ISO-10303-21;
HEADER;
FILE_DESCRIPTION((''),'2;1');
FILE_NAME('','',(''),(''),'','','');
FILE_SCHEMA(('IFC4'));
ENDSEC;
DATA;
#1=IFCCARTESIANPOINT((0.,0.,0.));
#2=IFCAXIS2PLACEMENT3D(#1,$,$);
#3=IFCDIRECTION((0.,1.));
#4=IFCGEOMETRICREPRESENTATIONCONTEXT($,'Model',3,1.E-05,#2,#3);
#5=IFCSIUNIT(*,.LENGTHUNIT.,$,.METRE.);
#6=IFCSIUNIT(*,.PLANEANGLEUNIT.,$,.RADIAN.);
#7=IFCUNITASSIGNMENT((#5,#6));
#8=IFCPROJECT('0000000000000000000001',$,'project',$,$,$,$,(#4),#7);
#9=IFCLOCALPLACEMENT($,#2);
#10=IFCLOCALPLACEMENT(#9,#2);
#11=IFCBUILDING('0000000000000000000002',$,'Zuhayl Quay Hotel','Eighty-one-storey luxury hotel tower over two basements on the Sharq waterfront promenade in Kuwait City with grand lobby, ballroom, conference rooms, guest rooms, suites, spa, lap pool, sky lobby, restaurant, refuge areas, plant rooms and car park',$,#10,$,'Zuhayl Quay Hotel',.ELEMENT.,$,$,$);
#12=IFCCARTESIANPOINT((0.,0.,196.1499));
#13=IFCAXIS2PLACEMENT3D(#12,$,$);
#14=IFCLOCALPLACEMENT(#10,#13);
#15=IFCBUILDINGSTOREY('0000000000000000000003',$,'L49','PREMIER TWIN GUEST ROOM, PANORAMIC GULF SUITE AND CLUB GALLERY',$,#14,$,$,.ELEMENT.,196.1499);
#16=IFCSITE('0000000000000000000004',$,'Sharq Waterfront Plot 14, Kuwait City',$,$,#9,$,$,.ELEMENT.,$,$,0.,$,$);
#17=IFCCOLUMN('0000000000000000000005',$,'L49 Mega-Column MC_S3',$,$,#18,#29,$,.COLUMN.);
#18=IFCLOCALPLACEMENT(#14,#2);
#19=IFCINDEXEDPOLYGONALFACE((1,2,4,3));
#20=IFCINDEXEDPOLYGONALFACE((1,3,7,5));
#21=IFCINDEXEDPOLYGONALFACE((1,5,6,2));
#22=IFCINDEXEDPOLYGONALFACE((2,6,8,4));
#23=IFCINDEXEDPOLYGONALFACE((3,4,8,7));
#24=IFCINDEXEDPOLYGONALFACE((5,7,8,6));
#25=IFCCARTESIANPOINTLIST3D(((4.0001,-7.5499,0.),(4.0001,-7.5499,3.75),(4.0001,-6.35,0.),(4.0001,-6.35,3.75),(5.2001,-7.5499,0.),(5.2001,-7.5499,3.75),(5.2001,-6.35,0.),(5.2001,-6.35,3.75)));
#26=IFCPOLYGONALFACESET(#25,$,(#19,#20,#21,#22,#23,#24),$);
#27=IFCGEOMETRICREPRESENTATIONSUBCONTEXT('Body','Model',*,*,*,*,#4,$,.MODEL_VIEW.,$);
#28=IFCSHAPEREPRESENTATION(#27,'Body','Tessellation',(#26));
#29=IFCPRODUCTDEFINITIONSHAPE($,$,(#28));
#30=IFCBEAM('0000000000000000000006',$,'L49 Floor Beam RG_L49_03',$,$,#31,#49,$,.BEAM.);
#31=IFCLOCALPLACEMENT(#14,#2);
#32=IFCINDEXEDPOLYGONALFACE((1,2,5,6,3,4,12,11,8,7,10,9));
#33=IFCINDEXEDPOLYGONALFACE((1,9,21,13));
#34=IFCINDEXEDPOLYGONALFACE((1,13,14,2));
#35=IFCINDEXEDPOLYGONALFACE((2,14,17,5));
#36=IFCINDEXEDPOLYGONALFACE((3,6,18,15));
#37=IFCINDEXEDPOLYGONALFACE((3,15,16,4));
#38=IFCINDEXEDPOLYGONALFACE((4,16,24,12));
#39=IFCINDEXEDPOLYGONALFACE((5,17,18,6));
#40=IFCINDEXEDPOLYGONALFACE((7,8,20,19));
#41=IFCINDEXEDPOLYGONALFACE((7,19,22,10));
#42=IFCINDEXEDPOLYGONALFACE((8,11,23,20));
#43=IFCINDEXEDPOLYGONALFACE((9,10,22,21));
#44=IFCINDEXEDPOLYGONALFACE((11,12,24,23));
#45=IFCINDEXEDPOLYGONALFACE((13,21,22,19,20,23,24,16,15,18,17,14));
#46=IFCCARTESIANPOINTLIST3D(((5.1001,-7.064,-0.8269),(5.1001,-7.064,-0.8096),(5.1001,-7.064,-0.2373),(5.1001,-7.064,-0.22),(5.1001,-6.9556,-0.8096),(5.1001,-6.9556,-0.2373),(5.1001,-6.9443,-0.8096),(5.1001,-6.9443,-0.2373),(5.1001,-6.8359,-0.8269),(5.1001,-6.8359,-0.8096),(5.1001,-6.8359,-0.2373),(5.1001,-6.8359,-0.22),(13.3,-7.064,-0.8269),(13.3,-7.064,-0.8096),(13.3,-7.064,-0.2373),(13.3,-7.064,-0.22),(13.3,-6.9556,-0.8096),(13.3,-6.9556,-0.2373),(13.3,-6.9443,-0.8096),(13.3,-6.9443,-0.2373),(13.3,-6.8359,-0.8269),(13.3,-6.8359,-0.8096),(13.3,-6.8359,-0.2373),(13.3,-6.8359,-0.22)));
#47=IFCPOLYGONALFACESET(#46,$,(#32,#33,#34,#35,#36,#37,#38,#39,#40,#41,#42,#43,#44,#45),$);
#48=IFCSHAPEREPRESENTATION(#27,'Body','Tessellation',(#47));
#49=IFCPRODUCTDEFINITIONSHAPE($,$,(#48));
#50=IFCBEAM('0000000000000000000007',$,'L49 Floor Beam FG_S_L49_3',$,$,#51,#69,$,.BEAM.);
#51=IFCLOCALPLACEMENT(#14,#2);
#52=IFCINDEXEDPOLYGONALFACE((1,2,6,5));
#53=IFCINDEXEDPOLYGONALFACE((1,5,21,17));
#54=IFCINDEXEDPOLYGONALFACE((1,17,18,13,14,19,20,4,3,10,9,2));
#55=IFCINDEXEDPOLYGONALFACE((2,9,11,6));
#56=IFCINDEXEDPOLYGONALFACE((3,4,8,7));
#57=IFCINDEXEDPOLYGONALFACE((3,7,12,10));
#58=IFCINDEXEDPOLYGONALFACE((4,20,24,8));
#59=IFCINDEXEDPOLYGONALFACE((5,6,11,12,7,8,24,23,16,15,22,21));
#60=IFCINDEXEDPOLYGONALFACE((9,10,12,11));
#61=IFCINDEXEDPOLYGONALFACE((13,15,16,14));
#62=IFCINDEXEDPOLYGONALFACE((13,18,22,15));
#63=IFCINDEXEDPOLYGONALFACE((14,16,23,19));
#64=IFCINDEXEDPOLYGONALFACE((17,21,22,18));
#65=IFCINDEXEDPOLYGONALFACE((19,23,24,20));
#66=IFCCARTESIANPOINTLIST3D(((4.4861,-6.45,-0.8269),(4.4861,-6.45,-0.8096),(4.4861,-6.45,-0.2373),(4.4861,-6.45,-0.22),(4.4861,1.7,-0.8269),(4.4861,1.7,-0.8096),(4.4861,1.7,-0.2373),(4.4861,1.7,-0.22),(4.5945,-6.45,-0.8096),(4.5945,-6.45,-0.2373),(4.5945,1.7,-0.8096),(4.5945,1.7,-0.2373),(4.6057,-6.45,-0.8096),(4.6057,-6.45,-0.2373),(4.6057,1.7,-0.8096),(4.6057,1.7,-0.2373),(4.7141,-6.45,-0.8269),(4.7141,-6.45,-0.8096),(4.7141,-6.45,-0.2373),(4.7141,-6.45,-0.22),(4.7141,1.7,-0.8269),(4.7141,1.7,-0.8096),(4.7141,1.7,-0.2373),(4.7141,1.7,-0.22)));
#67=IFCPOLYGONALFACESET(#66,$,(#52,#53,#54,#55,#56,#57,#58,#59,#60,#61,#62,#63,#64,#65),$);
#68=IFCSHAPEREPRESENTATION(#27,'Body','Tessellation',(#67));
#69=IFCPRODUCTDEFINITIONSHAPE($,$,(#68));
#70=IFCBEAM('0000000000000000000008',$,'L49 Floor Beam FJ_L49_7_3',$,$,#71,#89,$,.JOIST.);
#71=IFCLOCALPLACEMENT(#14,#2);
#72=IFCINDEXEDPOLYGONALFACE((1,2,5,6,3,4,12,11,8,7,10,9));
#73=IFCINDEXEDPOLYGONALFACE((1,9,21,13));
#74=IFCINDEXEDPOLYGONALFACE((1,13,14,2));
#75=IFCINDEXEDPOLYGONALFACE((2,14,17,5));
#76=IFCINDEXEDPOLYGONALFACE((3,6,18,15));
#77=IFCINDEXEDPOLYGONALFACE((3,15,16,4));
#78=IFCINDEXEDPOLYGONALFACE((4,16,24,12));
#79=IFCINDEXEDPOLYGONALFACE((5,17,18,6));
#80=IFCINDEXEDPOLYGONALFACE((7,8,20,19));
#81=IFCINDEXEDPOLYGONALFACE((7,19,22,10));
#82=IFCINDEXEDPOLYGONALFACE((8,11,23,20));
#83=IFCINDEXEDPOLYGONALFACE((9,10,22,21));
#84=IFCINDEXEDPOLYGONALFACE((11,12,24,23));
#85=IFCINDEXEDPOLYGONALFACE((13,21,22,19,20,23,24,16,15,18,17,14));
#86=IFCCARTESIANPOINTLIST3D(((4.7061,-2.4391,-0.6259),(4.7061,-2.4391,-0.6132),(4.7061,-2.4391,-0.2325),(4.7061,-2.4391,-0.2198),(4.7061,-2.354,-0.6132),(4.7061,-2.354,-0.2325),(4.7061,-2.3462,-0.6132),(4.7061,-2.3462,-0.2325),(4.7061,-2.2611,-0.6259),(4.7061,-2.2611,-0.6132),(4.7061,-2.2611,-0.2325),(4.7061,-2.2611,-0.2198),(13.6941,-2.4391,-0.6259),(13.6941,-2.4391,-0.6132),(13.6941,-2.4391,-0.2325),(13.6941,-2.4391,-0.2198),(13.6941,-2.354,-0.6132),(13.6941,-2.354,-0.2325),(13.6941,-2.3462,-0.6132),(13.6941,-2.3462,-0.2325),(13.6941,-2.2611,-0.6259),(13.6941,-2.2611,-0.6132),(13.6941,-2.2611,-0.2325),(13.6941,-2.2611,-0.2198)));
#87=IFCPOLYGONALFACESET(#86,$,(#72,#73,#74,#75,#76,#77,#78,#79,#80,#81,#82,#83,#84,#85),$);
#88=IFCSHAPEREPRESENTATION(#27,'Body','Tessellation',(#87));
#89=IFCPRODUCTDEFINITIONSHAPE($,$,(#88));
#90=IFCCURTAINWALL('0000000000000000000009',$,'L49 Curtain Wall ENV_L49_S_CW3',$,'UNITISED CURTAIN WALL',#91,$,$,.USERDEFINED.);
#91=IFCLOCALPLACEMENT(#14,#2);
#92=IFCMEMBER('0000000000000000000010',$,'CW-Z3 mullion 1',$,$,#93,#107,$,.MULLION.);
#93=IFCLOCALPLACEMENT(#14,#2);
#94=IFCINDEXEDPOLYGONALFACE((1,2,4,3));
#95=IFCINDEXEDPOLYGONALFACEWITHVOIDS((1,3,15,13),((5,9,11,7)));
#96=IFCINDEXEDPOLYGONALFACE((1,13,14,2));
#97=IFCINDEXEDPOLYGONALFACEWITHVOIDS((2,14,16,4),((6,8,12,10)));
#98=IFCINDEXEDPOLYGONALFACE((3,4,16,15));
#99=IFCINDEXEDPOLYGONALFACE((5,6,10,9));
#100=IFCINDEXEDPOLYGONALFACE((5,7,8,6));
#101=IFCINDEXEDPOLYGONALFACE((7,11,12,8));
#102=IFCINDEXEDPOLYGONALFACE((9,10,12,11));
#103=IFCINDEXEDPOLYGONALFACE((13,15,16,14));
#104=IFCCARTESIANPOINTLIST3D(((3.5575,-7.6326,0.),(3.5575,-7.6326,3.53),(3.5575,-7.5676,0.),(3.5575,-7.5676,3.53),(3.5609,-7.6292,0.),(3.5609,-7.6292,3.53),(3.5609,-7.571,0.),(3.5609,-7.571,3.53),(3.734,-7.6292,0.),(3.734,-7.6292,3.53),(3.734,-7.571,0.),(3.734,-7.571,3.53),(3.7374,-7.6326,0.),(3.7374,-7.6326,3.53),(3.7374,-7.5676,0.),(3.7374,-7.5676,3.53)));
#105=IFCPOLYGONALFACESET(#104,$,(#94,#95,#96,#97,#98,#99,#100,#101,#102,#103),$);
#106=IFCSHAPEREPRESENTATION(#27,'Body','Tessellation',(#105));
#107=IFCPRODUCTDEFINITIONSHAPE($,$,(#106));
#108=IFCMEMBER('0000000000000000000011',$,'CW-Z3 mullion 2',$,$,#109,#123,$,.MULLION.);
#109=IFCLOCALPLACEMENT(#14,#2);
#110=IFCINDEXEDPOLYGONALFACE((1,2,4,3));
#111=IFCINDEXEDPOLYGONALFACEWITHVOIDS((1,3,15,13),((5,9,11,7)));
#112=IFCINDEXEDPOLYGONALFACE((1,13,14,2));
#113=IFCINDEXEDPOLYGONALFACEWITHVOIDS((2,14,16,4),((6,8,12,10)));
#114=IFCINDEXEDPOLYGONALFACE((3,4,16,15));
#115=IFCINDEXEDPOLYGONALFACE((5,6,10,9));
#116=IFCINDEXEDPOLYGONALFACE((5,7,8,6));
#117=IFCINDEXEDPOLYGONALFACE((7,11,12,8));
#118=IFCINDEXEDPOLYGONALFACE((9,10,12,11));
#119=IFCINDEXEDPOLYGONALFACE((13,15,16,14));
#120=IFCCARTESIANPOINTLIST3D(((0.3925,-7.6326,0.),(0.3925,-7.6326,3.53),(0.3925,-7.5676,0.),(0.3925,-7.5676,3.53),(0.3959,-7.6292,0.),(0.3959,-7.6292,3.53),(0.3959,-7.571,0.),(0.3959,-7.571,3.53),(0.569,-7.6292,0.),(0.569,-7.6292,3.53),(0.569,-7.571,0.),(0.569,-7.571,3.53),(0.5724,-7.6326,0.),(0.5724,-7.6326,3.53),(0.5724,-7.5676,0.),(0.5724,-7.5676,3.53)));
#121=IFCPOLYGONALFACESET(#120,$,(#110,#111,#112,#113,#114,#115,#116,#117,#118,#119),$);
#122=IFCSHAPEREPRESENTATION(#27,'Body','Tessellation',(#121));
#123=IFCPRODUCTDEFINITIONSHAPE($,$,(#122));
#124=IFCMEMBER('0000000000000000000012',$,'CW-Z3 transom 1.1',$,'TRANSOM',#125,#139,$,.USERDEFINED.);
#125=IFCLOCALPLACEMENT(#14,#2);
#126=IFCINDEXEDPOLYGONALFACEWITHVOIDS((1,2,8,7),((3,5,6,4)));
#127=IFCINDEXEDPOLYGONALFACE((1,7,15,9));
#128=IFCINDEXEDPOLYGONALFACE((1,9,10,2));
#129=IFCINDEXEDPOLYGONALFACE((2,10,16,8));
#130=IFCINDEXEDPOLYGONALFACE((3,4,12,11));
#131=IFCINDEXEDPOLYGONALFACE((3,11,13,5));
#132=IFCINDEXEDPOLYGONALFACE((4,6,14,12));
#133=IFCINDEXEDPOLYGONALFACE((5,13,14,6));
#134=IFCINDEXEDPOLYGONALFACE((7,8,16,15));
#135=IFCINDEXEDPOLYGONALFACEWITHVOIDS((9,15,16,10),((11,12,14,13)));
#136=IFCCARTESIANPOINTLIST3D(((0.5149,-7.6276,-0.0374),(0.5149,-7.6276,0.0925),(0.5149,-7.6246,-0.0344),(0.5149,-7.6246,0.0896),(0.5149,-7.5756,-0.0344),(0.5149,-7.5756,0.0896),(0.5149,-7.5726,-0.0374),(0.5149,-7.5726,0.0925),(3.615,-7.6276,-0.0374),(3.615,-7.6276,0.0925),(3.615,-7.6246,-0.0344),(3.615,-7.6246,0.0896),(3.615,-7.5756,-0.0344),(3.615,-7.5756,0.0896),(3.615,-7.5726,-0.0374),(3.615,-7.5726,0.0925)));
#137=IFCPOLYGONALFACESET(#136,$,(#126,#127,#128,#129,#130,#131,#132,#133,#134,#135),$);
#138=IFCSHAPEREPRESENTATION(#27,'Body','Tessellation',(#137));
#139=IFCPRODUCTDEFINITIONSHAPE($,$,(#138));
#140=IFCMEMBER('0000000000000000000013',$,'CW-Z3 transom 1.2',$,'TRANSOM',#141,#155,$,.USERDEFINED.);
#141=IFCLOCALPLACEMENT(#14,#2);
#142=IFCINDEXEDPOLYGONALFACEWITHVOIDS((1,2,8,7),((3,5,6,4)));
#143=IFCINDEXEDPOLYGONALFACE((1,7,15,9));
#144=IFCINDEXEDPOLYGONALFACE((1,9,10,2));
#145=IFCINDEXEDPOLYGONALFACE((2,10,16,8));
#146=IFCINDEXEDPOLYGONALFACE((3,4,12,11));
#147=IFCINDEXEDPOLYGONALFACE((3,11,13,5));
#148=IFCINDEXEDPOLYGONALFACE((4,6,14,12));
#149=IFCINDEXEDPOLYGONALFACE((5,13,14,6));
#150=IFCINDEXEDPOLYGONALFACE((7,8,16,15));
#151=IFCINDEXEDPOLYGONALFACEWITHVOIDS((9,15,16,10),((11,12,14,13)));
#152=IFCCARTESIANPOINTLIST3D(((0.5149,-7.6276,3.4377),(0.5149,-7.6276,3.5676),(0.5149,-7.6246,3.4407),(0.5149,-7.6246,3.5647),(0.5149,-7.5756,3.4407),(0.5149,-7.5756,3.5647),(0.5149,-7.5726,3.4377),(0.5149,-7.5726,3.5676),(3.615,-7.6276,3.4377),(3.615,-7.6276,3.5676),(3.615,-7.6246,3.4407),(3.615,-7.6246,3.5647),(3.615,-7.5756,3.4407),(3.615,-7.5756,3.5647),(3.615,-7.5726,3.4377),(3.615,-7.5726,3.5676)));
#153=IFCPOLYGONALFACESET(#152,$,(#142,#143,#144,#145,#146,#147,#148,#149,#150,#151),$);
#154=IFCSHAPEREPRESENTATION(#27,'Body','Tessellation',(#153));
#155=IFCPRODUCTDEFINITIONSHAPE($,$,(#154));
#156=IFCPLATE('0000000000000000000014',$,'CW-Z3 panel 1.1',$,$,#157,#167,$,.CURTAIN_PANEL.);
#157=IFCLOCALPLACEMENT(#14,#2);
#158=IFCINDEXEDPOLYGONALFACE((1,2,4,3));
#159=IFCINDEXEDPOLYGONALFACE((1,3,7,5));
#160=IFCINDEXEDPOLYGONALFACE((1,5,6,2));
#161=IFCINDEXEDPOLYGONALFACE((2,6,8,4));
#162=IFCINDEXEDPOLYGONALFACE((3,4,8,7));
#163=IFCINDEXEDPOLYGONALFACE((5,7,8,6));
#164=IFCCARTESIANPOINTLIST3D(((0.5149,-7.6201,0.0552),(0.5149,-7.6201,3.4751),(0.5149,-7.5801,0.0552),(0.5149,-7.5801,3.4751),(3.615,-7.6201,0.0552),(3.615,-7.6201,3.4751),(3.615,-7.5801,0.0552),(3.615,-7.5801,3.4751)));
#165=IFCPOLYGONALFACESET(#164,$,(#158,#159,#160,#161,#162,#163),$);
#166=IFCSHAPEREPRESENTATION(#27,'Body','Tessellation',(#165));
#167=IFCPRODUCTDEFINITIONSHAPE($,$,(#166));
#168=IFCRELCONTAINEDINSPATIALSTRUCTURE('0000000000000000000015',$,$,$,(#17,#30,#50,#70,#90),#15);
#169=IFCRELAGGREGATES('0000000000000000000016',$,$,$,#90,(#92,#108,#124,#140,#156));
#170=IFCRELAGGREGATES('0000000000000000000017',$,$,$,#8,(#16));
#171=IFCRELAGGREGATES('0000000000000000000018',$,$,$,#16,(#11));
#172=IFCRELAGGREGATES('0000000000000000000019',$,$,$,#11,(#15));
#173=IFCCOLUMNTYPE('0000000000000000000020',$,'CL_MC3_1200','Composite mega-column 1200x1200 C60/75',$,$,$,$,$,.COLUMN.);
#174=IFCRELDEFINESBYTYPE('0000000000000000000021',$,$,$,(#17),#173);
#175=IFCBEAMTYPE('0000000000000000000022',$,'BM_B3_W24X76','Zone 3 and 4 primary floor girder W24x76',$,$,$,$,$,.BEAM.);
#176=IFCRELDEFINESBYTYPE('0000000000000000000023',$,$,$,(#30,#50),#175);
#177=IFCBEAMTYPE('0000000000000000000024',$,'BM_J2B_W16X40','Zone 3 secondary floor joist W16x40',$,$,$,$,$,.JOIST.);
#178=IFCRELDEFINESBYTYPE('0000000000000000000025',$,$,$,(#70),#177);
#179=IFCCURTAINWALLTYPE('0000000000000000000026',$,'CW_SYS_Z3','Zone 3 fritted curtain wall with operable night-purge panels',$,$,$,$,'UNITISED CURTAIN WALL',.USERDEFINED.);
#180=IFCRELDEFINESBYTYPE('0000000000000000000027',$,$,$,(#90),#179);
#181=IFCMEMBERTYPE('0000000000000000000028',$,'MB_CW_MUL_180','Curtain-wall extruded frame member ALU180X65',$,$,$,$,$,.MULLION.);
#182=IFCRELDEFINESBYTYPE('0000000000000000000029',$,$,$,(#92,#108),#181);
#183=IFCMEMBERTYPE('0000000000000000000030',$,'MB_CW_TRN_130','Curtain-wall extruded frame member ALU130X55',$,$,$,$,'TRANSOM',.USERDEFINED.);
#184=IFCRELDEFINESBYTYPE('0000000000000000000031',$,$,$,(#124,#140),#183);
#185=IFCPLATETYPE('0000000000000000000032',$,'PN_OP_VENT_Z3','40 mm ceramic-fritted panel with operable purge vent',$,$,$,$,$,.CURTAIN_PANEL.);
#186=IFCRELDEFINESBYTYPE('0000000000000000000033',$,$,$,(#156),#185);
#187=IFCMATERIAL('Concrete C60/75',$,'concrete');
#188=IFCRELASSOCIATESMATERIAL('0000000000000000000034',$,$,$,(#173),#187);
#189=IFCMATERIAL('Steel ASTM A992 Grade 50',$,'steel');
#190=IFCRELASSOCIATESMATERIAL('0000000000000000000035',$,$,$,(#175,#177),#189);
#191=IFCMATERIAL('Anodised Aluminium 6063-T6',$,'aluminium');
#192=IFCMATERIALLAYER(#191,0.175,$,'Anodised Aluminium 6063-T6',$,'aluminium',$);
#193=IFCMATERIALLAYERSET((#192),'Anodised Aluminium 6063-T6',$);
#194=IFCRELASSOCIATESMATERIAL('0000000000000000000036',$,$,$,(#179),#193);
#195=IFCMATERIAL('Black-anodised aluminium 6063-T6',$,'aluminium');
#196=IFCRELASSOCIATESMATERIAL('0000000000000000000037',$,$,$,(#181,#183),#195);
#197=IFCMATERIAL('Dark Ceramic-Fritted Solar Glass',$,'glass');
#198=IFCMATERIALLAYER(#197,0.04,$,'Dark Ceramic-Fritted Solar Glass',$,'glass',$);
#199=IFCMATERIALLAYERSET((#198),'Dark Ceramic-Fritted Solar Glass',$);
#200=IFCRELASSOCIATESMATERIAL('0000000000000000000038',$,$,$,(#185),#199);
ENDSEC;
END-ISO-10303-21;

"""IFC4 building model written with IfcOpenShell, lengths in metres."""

from ifc_helpers import new_model, si_unit, direction, frame, origin, origin_2d, place, context, subcontext, project, spatial, rectangle, hollow_rectangle, i_section, extrude, material, layer, layer_set, material_profile, profile_set, type_object, element, aggregate, save


model = new_model("IFC4")

# Units and contexts
model_context = context("Model", 3, precision=1e-05, world=origin(), true_north=direction((0.0, 1.0)))
body_context = subcontext(model_context, "Body", "Model", "MODEL_VIEW")
ifc_project = project(units=[si_unit("LENGTHUNIT", "METRE"), si_unit("PLANEANGLEUNIT", "RADIAN")], contexts=[model_context])

# Site, building, storey
site_placement = place(None, origin())
site = spatial("IfcSite", under=ifc_project, at=site_placement, Name="Sharq Waterfront Plot 14, Kuwait City", CompositionType="ELEMENT", RefElevation=0.0)
building_placement = place(site_placement, origin())
building = spatial("IfcBuilding", under=site, at=building_placement, Name="Zuhayl Quay Hotel", Description="Eighty-one-storey luxury hotel tower over two basements on the Sharq waterfront promenade in Kuwait City with grand lobby, ballroom, conference rooms, guest rooms, suites, spa, lap pool, sky lobby, restaurant, refuge areas, plant rooms and car park", LongName="Zuhayl Quay Hotel", CompositionType="ELEMENT")
storey_placement = place(building_placement, frame((0.0, 0.0, 196.1499)))
storey = spatial("IfcBuildingStorey", under=building, at=storey_placement, Name="L49", Description="PREMIER TWIN GUEST ROOM, PANORAMIC GULF SUITE AND CLUB GALLERY", CompositionType="ELEMENT", Elevation=196.1499)

# Column
ifc_material_1 = material(Name="Concrete C60/75", Category="concrete")
ifc_material_profile_1 = material_profile(ifc_material_1, rectangle(XDim=1.2, YDim=1.2, at=origin_2d()), Name="RC1200X1200")
ifc_profile_set_1 = profile_set([ifc_material_profile_1], Name="Concrete C60/75")
column_type = type_object("IfcColumnType", Name="CL_MC3_1200", Description="Composite mega-column 1200x1200 C60/75", PredefinedType="COLUMN", material=ifc_profile_set_1)
column_placement = place(storey_placement, frame((4.6001, -6.95, 0.0), z_axis=(0.0, 0.0, 1.0), x_axis=(1.0, 0.0, 0.0)))
element("IfcColumn", 1, at=column_placement, inside=storey, type_object=column_type, Name="L49 Mega-Column MC_S3", PredefinedType="COLUMN", context=body_context, shape_type="SweptSolid", body=[
    extrude(rectangle(XDim=1.2, YDim=1.2, at=origin_2d()), origin(), (0.0, 0.0, 1.0), 3.75),
])

# Beams
ifc_material_2 = material(Name="Steel ASTM A992 Grade 50", Category="steel")
ifc_material_profile_2 = material_profile(ifc_material_2, i_section(OverallWidth=0.228, OverallDepth=0.6069, WebThickness=0.0112, FlangeThickness=0.0173, at=origin_2d()), Name="W24X76")
ifc_profile_set_2 = profile_set([ifc_material_profile_2], Name="Steel ASTM A992 Grade 50")
beam_type_1 = type_object("IfcBeamType", Name="BM_B3_W24X76", Description="Zone 3 and 4 primary floor girder W24x76", PredefinedType="BEAM", material=ifc_profile_set_2)
beam_1_placement = place(storey_placement, frame((5.1001, -6.95, -0.5234), z_axis=(1.0, 0.0, 0.0), x_axis=(0.0, 1.0, 0.0)))
element("IfcBeam", 2, at=beam_1_placement, inside=storey, type_object=beam_type_1, Name="L49 Floor Beam RG_L49_03", PredefinedType="BEAM", context=body_context, shape_type="SweptSolid", body=[
    extrude(i_section(OverallWidth=0.228, OverallDepth=0.6069, WebThickness=0.0112, FlangeThickness=0.0173, at=origin_2d()), origin(), (0.0, 0.0, 1.0), 8.2),
])
beam_2_placement = place(storey_placement, frame((4.6001, -6.45, -0.5234), z_axis=(0.0, 1.0, 0.0), x_axis=(-1.0, 0.0, 0.0)))
element("IfcBeam", 3, at=beam_2_placement, inside=storey, type_object=beam_type_1, Name="L49 Floor Beam FG_S_L49_3", PredefinedType="BEAM", context=body_context, shape_type="SweptSolid", body=[
    extrude(i_section(OverallWidth=0.228, OverallDepth=0.6069, WebThickness=0.0112, FlangeThickness=0.0173, at=origin_2d()), origin(), (0.0, 0.0, 1.0), 8.1499),
])
ifc_material_profile_3 = material_profile(ifc_material_2, i_section(OverallWidth=0.178, OverallDepth=0.406, WebThickness=0.0078, FlangeThickness=0.0127, at=origin_2d()), Name="W16X40")
ifc_profile_set_3 = profile_set([ifc_material_profile_3], Name="Steel ASTM A992 Grade 50")
beam_type_2 = type_object("IfcBeamType", Name="BM_J2B_W16X40", Description="Zone 3 secondary floor joist W16x40", PredefinedType="JOIST", material=ifc_profile_set_3)
beam_3_placement = place(storey_placement, frame((4.7061, -2.3501, -0.4229), z_axis=(1.0, 0.0, 0.0), x_axis=(0.0, 1.0, 0.0)))
element("IfcBeam", 4, at=beam_3_placement, inside=storey, type_object=beam_type_2, Name="L49 Floor Beam FJ_L49_7_3", PredefinedType="JOIST", context=body_context, shape_type="SweptSolid", body=[
    extrude(i_section(OverallWidth=0.178, OverallDepth=0.406, WebThickness=0.0078, FlangeThickness=0.0127, at=origin_2d()), origin(), (0.0, 0.0, 1.0), 8.988),
])

# Curtain wall, members, plate
ifc_material_3 = material(Name="Anodised Aluminium 6063-T6", Category="aluminium")
ifc_layer_1 = layer(ifc_material_3, 0.175, Name="Anodised Aluminium 6063-T6", Category="aluminium")
ifc_layer_set_1 = layer_set([ifc_layer_1], Name="Anodised Aluminium 6063-T6")
curtain_wall_type = type_object("IfcCurtainWallType", Name="CW_SYS_Z3", Description="Zone 3 fritted curtain wall with operable night-purge panels", ElementType="UNITISED CURTAIN WALL", PredefinedType="USERDEFINED", material=ifc_layer_set_1)
curtain_wall_placement = place(storey_placement, origin())
curtain_wall = element("IfcCurtainWall", 5, at=curtain_wall_placement, inside=storey, type_object=curtain_wall_type, Name="L49 Curtain Wall ENV_L49_S_CW3", ObjectType="UNITISED CURTAIN WALL", PredefinedType="USERDEFINED")
ifc_material_4 = material(Name="Black-anodised aluminium 6063-T6", Category="aluminium")
ifc_material_profile_4 = material_profile(ifc_material_4, hollow_rectangle(XDim=0.0649, YDim=0.1799, WallThickness=0.0034, at=origin_2d()), Name="ALU180X65")
ifc_profile_set_4 = profile_set([ifc_material_profile_4], Name="Black-anodised aluminium 6063-T6")
member_type_1 = type_object("IfcMemberType", Name="MB_CW_MUL_180", Description="Curtain-wall extruded frame member ALU180X65", PredefinedType="MULLION", material=ifc_profile_set_4)
member_1_placement = place(storey_placement, frame((3.6475, -7.6001, 0.0), z_axis=(0.0, 0.0, 1.0), x_axis=(0.0, -1.0, 0.0)))
member_1 = element("IfcMember", 6, at=member_1_placement, type_object=member_type_1, Name="CW-Z3 mullion 1", PredefinedType="MULLION", context=body_context, shape_type="SweptSolid", body=[
    extrude(hollow_rectangle(XDim=0.0649, YDim=0.1799, WallThickness=0.0034, at=origin_2d()), origin(), (0.0, 0.0, 1.0), 3.53),
])
member_2_placement = place(storey_placement, frame((0.4824, -7.6001, 0.0), z_axis=(0.0, 0.0, 1.0), x_axis=(0.0, -1.0, 0.0)))
member_2 = element("IfcMember", 7, at=member_2_placement, type_object=member_type_1, Name="CW-Z3 mullion 2", PredefinedType="MULLION", context=body_context, shape_type="SweptSolid", body=[
    extrude(hollow_rectangle(XDim=0.0649, YDim=0.1799, WallThickness=0.0034, at=origin_2d()), origin(), (0.0, 0.0, 1.0), 3.53),
])
ifc_material_profile_5 = material_profile(ifc_material_4, hollow_rectangle(XDim=0.0549, YDim=0.1299, WallThickness=0.0029, at=origin_2d()), Name="ALU130X55")
ifc_profile_set_5 = profile_set([ifc_material_profile_5], Name="Black-anodised aluminium 6063-T6")
member_type_2 = type_object("IfcMemberType", Name="MB_CW_TRN_130", Description="Curtain-wall extruded frame member ALU130X55", ElementType="TRANSOM", PredefinedType="USERDEFINED", material=ifc_profile_set_5)
member_3_placement = place(storey_placement, frame((3.615, -7.6001, 0.0276), z_axis=(-1.0, 0.0, 0.0), x_axis=(0.0, -1.0, 0.0)))
member_3 = element("IfcMember", 8, at=member_3_placement, type_object=member_type_2, Name="CW-Z3 transom 1.1", ObjectType="TRANSOM", PredefinedType="USERDEFINED", context=body_context, shape_type="SweptSolid", body=[
    extrude(hollow_rectangle(XDim=0.0549, YDim=0.1299, WallThickness=0.0029, at=origin_2d()), origin(), (0.0, 0.0, 1.0), 3.1001),
])
member_4_placement = place(storey_placement, frame((3.615, -7.6001, 3.5027), z_axis=(-1.0, 0.0, 0.0), x_axis=(0.0, -1.0, 0.0)))
member_4 = element("IfcMember", 9, at=member_4_placement, type_object=member_type_2, Name="CW-Z3 transom 1.2", ObjectType="TRANSOM", PredefinedType="USERDEFINED", context=body_context, shape_type="SweptSolid", body=[
    extrude(hollow_rectangle(XDim=0.0549, YDim=0.1299, WallThickness=0.0029, at=origin_2d()), origin(), (0.0, 0.0, 1.0), 3.1001),
])
ifc_material_5 = material(Name="Dark Ceramic-Fritted Solar Glass", Category="glass")
ifc_layer_2 = layer(ifc_material_5, 0.04, Name="Dark Ceramic-Fritted Solar Glass", Category="glass")
ifc_layer_set_2 = layer_set([ifc_layer_2], Name="Dark Ceramic-Fritted Solar Glass")
plate_type = type_object("IfcPlateType", Name="PN_OP_VENT_Z3", Description="40 mm ceramic-fritted panel with operable purge vent", PredefinedType="CURTAIN_PANEL", material=ifc_layer_set_2)
plate_placement = place(storey_placement, frame((2.0649, -7.6001, 0.0552), z_axis=(0.0, 0.0, 1.0), x_axis=(-1.0, 0.0, 0.0)))
plate = element("IfcPlate", 10, at=plate_placement, type_object=plate_type, Name="CW-Z3 panel 1.1", PredefinedType="CURTAIN_PANEL", context=body_context, shape_type="SweptSolid", body=[
    extrude(rectangle(XDim=3.1001, YDim=0.04, at=origin_2d()), origin(), (0.0, 0.0, 1.0), 3.4199),
])
aggregate(curtain_wall, [member_1, member_2, member_3, member_4, plate])

save(model, "model.ifc")
